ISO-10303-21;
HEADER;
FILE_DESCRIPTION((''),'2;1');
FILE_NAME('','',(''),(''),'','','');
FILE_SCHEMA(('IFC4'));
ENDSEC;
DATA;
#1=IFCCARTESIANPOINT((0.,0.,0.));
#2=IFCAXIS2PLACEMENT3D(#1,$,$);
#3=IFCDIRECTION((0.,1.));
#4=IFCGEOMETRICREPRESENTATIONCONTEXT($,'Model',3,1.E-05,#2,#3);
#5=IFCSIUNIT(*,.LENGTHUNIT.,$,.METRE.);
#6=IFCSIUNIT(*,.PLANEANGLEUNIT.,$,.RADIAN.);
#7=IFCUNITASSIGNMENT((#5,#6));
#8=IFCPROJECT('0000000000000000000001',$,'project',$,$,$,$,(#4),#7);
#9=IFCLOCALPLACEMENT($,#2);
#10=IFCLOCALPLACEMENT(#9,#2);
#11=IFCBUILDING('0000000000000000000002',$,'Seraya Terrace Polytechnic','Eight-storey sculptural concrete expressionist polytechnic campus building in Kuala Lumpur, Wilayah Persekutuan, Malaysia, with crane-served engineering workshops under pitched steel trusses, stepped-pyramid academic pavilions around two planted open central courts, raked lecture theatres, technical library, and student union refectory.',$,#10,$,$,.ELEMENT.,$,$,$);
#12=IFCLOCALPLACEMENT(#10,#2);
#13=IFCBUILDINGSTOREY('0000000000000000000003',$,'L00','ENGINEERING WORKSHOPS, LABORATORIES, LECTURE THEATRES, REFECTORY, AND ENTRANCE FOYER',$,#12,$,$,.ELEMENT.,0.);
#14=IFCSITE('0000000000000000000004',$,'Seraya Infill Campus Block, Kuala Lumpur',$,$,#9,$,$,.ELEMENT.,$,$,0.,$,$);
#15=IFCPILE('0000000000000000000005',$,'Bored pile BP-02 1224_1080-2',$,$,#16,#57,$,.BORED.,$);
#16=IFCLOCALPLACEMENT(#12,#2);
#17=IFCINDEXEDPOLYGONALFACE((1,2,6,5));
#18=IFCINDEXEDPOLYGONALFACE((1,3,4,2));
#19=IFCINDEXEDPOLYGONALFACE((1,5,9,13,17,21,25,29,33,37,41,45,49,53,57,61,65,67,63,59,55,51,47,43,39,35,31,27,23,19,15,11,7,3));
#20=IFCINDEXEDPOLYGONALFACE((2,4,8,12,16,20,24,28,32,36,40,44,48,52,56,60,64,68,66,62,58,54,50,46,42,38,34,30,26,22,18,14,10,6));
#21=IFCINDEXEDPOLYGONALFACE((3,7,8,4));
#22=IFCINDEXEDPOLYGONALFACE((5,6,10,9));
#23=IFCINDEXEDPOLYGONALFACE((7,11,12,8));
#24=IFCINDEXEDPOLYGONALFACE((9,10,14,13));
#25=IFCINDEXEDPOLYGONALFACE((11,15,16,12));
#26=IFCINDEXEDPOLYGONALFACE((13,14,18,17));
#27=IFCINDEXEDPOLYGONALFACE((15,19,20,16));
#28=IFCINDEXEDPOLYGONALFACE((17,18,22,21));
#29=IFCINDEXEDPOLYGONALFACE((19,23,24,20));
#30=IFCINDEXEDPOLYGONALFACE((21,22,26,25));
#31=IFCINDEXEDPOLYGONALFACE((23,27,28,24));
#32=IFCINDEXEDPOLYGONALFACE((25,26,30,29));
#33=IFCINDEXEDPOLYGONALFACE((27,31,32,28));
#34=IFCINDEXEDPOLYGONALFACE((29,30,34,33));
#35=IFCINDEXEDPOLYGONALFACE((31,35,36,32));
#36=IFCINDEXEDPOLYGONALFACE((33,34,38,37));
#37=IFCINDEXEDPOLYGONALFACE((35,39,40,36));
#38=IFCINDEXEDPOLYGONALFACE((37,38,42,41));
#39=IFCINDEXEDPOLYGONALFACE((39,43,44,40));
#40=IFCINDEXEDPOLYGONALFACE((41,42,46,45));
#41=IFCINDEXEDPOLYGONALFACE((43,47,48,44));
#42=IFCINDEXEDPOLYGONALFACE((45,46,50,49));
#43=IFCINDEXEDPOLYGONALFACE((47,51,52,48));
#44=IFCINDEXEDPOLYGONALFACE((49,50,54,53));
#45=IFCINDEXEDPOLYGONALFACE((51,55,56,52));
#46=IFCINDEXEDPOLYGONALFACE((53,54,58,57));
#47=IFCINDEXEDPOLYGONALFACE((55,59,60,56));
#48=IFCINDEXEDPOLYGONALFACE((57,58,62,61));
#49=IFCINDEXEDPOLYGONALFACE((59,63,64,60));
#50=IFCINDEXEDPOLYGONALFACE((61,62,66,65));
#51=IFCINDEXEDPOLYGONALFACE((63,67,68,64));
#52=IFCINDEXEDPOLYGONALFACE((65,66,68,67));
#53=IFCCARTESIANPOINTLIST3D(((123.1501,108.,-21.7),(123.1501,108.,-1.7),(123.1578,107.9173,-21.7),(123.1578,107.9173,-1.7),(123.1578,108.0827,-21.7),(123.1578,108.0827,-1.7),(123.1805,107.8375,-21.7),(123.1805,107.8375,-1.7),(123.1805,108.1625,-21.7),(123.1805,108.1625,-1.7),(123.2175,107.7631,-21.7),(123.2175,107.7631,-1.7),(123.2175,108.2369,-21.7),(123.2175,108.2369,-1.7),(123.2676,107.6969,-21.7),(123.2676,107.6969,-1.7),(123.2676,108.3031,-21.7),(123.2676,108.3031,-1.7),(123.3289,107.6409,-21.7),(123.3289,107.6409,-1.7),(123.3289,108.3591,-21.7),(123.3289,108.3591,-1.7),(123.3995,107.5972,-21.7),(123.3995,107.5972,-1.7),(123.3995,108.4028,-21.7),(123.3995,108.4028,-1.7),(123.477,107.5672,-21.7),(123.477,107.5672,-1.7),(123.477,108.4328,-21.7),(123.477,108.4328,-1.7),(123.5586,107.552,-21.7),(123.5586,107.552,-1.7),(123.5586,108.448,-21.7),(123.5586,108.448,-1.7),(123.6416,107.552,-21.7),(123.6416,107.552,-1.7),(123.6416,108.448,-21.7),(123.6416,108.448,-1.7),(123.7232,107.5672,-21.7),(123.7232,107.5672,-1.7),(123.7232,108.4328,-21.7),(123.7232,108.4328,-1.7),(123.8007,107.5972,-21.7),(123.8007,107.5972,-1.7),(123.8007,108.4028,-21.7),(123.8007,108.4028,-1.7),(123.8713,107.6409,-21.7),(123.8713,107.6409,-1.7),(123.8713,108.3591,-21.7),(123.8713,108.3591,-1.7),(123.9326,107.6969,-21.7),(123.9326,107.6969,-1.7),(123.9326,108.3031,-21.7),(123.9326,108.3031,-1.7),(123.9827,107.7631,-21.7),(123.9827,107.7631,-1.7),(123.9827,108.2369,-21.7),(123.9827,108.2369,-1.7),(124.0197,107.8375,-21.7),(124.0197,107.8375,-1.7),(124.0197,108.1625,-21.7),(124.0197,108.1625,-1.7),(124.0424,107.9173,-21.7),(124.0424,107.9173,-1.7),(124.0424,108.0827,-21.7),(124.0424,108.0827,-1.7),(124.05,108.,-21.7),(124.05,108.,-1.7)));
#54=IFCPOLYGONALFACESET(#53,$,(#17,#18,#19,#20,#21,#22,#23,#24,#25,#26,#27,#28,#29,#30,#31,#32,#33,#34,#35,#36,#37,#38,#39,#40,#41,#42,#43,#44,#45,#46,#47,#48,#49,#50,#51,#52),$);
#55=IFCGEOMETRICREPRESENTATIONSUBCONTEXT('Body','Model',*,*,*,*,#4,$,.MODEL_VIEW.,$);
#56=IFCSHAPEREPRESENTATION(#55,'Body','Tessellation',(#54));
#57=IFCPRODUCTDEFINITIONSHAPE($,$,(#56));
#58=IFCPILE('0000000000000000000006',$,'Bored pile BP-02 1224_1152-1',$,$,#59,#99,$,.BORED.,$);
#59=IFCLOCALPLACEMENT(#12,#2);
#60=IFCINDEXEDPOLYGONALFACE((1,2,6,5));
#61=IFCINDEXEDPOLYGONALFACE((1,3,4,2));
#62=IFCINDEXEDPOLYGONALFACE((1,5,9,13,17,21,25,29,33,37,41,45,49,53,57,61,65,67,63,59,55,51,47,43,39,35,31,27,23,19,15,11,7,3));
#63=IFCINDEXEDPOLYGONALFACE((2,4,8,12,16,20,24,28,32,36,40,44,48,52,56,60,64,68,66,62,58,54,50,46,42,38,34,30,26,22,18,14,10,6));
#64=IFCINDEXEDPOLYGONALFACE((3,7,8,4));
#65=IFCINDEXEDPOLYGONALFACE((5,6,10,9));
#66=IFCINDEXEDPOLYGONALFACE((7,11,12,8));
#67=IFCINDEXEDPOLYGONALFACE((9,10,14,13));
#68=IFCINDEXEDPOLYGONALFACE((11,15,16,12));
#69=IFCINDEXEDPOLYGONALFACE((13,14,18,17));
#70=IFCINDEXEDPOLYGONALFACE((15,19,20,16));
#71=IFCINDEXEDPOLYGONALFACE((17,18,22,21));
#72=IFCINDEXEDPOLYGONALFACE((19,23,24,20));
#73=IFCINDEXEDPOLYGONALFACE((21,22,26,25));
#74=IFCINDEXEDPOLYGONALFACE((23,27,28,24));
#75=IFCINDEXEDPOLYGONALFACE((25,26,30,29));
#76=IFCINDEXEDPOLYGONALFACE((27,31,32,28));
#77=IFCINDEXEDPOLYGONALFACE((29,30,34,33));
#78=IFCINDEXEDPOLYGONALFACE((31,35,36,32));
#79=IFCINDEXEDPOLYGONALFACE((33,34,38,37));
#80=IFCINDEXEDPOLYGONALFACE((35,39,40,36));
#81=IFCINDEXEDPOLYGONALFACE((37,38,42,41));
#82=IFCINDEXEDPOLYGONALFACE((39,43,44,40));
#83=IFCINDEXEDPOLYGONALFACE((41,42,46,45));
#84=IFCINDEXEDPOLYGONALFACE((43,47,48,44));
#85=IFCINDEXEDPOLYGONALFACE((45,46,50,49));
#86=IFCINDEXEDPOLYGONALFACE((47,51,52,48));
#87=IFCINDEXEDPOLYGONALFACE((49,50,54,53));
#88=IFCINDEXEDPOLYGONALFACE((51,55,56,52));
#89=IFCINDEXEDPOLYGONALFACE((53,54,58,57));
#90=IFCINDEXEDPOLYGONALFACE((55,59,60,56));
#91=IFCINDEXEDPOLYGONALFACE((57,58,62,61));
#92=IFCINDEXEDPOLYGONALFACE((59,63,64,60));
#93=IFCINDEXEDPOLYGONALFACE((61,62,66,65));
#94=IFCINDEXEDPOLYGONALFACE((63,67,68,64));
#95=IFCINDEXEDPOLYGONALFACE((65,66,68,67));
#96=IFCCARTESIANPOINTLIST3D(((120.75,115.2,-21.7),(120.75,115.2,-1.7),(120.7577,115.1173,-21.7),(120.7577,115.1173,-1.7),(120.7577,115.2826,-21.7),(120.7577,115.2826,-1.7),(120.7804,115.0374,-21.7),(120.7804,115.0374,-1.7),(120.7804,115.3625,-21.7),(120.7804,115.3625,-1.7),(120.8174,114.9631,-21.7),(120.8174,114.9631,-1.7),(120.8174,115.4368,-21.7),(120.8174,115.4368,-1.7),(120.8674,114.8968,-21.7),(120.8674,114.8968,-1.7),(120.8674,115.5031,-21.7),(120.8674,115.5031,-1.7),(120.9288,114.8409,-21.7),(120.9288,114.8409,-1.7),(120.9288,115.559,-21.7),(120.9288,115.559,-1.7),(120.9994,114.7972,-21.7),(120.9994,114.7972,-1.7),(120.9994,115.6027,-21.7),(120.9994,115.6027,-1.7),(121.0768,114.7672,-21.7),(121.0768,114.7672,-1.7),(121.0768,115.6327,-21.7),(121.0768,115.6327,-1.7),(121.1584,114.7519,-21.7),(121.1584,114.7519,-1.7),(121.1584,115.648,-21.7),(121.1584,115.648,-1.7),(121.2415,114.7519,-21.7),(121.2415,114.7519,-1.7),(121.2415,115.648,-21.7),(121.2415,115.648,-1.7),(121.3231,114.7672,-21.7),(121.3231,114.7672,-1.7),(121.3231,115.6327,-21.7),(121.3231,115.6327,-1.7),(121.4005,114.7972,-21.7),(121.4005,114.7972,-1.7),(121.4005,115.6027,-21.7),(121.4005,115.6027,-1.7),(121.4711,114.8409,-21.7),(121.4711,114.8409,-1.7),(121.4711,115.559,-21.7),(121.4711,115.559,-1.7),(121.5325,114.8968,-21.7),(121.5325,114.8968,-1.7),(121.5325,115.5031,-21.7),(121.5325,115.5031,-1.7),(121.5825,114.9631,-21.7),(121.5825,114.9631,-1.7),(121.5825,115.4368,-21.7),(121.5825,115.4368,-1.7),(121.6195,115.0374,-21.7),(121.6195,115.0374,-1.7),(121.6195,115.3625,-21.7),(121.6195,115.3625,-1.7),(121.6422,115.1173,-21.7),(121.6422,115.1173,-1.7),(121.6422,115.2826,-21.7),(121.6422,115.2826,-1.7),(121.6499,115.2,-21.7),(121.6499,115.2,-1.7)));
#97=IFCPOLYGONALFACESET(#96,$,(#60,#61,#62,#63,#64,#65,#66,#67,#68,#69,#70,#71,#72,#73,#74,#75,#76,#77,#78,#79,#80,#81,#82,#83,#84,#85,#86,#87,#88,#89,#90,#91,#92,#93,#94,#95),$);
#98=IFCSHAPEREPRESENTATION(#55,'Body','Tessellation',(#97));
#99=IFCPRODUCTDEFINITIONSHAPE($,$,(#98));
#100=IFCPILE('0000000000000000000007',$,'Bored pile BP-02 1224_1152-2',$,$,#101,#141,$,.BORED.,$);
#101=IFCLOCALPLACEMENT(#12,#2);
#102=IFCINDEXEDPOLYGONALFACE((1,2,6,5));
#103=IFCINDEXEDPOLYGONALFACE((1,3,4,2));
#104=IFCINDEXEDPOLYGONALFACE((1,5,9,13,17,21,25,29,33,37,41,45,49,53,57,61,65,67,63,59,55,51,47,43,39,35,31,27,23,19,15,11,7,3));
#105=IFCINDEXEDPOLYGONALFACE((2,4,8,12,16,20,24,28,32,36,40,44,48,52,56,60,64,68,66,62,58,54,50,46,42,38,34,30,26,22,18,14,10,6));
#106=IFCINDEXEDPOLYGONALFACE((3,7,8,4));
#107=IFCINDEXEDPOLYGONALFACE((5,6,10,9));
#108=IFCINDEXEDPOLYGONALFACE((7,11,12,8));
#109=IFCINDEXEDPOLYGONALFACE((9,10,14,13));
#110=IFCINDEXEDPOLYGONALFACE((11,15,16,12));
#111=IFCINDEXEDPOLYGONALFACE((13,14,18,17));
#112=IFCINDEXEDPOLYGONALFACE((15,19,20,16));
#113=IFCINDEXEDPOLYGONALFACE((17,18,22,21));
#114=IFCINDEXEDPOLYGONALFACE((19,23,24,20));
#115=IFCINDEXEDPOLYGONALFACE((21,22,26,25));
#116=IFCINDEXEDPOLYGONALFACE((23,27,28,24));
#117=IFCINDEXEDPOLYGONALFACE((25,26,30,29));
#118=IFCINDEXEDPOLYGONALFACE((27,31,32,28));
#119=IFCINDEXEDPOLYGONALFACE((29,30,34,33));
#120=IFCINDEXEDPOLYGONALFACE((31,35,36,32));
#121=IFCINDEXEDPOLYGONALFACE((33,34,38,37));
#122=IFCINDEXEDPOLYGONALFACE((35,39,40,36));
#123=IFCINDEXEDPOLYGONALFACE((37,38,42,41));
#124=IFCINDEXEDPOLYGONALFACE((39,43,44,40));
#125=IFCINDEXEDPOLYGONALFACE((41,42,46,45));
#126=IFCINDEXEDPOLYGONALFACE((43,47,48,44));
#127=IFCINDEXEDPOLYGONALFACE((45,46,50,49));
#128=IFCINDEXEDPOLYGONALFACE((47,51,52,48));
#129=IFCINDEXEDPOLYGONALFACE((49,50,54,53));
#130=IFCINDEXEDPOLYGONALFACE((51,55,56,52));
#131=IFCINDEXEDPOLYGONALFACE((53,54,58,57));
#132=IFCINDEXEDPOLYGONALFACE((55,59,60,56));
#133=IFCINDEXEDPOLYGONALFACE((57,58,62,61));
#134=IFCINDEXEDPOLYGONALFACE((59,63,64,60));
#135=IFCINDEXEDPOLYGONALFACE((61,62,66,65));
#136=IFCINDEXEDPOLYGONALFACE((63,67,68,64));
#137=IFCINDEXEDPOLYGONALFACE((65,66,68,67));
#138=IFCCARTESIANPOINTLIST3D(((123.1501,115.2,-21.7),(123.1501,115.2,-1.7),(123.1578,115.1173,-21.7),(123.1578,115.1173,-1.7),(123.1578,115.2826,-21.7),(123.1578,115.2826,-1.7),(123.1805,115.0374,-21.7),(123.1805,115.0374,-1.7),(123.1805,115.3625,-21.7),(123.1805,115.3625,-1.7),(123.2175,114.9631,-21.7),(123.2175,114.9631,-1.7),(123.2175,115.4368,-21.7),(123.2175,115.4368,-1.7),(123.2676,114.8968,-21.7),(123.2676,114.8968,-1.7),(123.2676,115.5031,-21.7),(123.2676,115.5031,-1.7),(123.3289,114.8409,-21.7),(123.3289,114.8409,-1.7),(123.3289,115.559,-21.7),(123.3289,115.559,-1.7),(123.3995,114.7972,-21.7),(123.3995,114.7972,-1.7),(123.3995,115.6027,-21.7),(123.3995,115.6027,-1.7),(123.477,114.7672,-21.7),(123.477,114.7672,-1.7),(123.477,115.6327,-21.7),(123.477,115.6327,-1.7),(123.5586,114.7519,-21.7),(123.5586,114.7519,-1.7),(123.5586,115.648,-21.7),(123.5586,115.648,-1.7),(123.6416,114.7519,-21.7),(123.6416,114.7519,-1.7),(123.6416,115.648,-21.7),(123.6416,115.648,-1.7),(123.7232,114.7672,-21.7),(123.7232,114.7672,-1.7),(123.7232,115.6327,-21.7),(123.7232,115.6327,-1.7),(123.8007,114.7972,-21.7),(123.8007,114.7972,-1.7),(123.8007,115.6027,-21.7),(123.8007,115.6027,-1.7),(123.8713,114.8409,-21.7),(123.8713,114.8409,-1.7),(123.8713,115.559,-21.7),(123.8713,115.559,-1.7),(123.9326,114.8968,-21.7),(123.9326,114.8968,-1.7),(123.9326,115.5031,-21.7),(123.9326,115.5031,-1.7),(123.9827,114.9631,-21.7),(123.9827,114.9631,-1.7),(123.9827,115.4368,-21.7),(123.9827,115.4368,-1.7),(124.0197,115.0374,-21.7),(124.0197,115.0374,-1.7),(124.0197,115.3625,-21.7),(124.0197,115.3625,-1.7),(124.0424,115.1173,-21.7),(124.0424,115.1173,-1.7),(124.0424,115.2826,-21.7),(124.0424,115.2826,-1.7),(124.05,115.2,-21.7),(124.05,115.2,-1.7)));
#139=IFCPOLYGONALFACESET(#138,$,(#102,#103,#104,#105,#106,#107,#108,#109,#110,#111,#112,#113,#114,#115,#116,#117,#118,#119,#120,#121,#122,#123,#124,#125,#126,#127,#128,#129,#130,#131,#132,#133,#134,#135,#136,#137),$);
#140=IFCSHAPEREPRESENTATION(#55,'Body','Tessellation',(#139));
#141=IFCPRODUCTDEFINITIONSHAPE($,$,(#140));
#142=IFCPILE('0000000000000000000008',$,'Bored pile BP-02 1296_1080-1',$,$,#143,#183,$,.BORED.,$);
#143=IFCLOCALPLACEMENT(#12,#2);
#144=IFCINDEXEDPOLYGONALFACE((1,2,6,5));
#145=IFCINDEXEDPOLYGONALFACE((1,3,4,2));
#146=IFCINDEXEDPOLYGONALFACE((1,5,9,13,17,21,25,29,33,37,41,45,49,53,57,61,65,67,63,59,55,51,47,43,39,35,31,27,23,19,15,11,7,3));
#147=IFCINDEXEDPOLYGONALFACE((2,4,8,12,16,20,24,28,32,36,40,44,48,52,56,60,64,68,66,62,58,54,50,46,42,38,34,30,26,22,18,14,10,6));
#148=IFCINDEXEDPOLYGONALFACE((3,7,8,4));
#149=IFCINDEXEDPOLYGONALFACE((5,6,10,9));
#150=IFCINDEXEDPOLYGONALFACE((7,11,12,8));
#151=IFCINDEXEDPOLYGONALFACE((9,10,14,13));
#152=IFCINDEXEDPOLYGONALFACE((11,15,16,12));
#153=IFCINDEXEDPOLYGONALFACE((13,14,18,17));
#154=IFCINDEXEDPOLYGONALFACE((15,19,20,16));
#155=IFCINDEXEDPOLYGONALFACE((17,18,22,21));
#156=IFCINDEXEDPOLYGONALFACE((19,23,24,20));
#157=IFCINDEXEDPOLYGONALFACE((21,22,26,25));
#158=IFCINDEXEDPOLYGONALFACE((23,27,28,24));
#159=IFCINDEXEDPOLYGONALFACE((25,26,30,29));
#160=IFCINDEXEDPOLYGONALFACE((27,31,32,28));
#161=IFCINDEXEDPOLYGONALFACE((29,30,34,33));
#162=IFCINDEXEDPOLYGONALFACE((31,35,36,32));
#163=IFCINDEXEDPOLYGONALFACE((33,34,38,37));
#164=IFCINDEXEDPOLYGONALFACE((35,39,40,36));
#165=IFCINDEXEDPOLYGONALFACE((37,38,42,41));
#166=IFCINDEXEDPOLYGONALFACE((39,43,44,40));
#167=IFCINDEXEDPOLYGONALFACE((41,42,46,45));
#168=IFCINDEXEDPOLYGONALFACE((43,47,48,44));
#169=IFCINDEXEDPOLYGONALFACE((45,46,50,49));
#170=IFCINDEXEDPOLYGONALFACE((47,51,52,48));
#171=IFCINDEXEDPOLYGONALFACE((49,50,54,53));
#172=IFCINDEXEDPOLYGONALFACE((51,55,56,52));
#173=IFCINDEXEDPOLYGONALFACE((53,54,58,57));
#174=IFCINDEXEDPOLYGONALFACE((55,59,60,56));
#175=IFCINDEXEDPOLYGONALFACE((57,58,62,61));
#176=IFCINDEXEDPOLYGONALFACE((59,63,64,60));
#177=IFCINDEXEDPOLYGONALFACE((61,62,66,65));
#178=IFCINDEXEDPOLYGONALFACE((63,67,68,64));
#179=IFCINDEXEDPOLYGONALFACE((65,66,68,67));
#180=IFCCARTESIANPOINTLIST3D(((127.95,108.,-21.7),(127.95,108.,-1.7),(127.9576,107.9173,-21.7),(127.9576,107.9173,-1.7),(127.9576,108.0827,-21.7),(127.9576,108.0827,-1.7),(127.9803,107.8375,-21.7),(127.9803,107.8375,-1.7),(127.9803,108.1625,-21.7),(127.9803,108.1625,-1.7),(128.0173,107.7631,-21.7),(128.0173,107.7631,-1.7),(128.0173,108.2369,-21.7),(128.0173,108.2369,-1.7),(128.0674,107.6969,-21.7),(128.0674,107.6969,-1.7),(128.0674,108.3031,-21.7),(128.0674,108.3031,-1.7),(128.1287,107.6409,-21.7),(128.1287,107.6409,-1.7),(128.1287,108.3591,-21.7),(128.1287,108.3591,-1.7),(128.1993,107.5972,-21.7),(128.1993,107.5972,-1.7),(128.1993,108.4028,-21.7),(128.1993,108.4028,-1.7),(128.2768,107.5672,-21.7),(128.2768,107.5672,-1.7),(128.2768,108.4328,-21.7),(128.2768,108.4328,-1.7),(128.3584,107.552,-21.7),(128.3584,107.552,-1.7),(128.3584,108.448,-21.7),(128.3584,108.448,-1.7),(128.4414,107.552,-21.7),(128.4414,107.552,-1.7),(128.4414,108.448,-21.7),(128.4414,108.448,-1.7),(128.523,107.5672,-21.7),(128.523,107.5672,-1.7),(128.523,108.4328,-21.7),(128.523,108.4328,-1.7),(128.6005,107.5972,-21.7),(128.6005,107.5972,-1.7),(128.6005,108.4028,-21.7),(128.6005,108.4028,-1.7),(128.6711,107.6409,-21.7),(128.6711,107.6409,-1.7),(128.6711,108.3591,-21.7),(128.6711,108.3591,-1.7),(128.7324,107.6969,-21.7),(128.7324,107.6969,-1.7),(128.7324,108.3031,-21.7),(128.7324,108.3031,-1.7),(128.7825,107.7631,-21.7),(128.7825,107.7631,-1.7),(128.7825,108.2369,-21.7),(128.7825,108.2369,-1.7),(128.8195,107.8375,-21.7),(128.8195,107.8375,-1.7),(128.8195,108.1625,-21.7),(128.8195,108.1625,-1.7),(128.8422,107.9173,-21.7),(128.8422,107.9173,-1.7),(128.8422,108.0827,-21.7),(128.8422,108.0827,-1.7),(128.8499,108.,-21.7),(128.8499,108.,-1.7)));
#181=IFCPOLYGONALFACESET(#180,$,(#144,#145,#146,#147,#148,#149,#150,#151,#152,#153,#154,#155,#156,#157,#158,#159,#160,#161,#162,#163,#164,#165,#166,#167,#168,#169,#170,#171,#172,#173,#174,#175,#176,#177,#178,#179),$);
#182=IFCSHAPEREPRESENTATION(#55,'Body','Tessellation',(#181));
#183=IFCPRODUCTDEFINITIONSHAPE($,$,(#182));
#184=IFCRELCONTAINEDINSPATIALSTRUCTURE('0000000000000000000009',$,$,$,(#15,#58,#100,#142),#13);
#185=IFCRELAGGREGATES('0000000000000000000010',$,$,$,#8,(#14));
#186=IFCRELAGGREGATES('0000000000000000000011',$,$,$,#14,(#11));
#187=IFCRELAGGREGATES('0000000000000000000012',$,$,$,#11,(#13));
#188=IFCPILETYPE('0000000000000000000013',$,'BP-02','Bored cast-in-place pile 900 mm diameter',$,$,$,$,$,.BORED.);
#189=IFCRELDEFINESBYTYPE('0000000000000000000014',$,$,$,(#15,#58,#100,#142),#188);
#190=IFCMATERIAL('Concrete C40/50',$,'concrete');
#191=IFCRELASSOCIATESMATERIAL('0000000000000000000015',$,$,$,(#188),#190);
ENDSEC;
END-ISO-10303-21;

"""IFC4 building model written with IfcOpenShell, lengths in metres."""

from ifc_helpers import new_model, si_unit, direction, frame, origin, origin_2d, place, context, subcontext, project, spatial, circle, extrude, material, material_profile, profile_set, type_object, element, save


model = new_model("IFC4")

# Units and contexts
model_context = context("Model", 3, precision=1e-05, world=origin(), true_north=direction((0.0, 1.0)))
body_context = subcontext(model_context, "Body", "Model", "MODEL_VIEW")
ifc_project = project(units=[si_unit("LENGTHUNIT", "METRE"), si_unit("PLANEANGLEUNIT", "RADIAN")], contexts=[model_context])

# Site, building, storey
site_placement = place(None, origin())
site = spatial("IfcSite", under=ifc_project, at=site_placement, Name="Seraya Infill Campus Block, Kuala Lumpur", CompositionType="ELEMENT", RefElevation=0.0)
building_placement = place(site_placement, origin())
building = spatial("IfcBuilding", under=site, at=building_placement, Name="Seraya Terrace Polytechnic", Description="Eight-storey sculptural concrete expressionist polytechnic campus building in Kuala Lumpur, Wilayah Persekutuan, Malaysia, with crane-served engineering workshops under pitched steel trusses, stepped-pyramid academic pavilions around two planted open central courts, raked lecture theatres, technical library, and student union refectory.", CompositionType="ELEMENT")
storey_placement = place(building_placement, origin())
storey = spatial("IfcBuildingStorey", under=building, at=storey_placement, Name="L00", Description="ENGINEERING WORKSHOPS, LABORATORIES, LECTURE THEATRES, REFECTORY, AND ENTRANCE FOYER", CompositionType="ELEMENT", Elevation=0.0)

# Piles
ifc_material_1 = material(Name="Concrete C40/50", Category="concrete")
ifc_material_profile_1 = material_profile(ifc_material_1, circle(Radius=0.45, at=origin_2d()), Name="DIA 900")
ifc_profile_set_1 = profile_set([ifc_material_profile_1], Name="Concrete C40/50")
pile_type_1 = type_object("IfcPileType", Name="BP-02", Description="Bored cast-in-place pile 900 mm diameter", PredefinedType="BORED", material=ifc_profile_set_1)
for number, where, z_axis, x_axis, name in (
    (1, (123.6001, 108.0, -1.7), (0.0, 0.0, -1.0), (1.0, 0.0, 0.0), "Bored pile BP-02 1224_1080-2"),
    (2, (121.2, 115.2, -1.7), (0.0, 0.0, -1.0), (1.0, 0.0, 0.0), "Bored pile BP-02 1224_1152-1"),
    (3, (123.6001, 115.2, -1.7), (0.0, 0.0, -1.0), (1.0, 0.0, 0.0), "Bored pile BP-02 1224_1152-2"),
    (4, (128.3999, 108.0, -1.7), (0.0, 0.0, -1.0), (1.0, 0.0, 0.0), "Bored pile BP-02 1296_1080-1"),
):
    element("IfcPile", number, at=place(storey_placement, frame(where, z_axis=z_axis, x_axis=x_axis)), inside=storey, type_object=pile_type_1, Name=name, PredefinedType="BORED", context=body_context, shape_type="SweptSolid", body=[
        extrude(circle(Radius=0.45, at=origin_2d()), origin(), (0.0, 0.0, 1.0), 20.0),
    ])

save(model, "model.ifc")
